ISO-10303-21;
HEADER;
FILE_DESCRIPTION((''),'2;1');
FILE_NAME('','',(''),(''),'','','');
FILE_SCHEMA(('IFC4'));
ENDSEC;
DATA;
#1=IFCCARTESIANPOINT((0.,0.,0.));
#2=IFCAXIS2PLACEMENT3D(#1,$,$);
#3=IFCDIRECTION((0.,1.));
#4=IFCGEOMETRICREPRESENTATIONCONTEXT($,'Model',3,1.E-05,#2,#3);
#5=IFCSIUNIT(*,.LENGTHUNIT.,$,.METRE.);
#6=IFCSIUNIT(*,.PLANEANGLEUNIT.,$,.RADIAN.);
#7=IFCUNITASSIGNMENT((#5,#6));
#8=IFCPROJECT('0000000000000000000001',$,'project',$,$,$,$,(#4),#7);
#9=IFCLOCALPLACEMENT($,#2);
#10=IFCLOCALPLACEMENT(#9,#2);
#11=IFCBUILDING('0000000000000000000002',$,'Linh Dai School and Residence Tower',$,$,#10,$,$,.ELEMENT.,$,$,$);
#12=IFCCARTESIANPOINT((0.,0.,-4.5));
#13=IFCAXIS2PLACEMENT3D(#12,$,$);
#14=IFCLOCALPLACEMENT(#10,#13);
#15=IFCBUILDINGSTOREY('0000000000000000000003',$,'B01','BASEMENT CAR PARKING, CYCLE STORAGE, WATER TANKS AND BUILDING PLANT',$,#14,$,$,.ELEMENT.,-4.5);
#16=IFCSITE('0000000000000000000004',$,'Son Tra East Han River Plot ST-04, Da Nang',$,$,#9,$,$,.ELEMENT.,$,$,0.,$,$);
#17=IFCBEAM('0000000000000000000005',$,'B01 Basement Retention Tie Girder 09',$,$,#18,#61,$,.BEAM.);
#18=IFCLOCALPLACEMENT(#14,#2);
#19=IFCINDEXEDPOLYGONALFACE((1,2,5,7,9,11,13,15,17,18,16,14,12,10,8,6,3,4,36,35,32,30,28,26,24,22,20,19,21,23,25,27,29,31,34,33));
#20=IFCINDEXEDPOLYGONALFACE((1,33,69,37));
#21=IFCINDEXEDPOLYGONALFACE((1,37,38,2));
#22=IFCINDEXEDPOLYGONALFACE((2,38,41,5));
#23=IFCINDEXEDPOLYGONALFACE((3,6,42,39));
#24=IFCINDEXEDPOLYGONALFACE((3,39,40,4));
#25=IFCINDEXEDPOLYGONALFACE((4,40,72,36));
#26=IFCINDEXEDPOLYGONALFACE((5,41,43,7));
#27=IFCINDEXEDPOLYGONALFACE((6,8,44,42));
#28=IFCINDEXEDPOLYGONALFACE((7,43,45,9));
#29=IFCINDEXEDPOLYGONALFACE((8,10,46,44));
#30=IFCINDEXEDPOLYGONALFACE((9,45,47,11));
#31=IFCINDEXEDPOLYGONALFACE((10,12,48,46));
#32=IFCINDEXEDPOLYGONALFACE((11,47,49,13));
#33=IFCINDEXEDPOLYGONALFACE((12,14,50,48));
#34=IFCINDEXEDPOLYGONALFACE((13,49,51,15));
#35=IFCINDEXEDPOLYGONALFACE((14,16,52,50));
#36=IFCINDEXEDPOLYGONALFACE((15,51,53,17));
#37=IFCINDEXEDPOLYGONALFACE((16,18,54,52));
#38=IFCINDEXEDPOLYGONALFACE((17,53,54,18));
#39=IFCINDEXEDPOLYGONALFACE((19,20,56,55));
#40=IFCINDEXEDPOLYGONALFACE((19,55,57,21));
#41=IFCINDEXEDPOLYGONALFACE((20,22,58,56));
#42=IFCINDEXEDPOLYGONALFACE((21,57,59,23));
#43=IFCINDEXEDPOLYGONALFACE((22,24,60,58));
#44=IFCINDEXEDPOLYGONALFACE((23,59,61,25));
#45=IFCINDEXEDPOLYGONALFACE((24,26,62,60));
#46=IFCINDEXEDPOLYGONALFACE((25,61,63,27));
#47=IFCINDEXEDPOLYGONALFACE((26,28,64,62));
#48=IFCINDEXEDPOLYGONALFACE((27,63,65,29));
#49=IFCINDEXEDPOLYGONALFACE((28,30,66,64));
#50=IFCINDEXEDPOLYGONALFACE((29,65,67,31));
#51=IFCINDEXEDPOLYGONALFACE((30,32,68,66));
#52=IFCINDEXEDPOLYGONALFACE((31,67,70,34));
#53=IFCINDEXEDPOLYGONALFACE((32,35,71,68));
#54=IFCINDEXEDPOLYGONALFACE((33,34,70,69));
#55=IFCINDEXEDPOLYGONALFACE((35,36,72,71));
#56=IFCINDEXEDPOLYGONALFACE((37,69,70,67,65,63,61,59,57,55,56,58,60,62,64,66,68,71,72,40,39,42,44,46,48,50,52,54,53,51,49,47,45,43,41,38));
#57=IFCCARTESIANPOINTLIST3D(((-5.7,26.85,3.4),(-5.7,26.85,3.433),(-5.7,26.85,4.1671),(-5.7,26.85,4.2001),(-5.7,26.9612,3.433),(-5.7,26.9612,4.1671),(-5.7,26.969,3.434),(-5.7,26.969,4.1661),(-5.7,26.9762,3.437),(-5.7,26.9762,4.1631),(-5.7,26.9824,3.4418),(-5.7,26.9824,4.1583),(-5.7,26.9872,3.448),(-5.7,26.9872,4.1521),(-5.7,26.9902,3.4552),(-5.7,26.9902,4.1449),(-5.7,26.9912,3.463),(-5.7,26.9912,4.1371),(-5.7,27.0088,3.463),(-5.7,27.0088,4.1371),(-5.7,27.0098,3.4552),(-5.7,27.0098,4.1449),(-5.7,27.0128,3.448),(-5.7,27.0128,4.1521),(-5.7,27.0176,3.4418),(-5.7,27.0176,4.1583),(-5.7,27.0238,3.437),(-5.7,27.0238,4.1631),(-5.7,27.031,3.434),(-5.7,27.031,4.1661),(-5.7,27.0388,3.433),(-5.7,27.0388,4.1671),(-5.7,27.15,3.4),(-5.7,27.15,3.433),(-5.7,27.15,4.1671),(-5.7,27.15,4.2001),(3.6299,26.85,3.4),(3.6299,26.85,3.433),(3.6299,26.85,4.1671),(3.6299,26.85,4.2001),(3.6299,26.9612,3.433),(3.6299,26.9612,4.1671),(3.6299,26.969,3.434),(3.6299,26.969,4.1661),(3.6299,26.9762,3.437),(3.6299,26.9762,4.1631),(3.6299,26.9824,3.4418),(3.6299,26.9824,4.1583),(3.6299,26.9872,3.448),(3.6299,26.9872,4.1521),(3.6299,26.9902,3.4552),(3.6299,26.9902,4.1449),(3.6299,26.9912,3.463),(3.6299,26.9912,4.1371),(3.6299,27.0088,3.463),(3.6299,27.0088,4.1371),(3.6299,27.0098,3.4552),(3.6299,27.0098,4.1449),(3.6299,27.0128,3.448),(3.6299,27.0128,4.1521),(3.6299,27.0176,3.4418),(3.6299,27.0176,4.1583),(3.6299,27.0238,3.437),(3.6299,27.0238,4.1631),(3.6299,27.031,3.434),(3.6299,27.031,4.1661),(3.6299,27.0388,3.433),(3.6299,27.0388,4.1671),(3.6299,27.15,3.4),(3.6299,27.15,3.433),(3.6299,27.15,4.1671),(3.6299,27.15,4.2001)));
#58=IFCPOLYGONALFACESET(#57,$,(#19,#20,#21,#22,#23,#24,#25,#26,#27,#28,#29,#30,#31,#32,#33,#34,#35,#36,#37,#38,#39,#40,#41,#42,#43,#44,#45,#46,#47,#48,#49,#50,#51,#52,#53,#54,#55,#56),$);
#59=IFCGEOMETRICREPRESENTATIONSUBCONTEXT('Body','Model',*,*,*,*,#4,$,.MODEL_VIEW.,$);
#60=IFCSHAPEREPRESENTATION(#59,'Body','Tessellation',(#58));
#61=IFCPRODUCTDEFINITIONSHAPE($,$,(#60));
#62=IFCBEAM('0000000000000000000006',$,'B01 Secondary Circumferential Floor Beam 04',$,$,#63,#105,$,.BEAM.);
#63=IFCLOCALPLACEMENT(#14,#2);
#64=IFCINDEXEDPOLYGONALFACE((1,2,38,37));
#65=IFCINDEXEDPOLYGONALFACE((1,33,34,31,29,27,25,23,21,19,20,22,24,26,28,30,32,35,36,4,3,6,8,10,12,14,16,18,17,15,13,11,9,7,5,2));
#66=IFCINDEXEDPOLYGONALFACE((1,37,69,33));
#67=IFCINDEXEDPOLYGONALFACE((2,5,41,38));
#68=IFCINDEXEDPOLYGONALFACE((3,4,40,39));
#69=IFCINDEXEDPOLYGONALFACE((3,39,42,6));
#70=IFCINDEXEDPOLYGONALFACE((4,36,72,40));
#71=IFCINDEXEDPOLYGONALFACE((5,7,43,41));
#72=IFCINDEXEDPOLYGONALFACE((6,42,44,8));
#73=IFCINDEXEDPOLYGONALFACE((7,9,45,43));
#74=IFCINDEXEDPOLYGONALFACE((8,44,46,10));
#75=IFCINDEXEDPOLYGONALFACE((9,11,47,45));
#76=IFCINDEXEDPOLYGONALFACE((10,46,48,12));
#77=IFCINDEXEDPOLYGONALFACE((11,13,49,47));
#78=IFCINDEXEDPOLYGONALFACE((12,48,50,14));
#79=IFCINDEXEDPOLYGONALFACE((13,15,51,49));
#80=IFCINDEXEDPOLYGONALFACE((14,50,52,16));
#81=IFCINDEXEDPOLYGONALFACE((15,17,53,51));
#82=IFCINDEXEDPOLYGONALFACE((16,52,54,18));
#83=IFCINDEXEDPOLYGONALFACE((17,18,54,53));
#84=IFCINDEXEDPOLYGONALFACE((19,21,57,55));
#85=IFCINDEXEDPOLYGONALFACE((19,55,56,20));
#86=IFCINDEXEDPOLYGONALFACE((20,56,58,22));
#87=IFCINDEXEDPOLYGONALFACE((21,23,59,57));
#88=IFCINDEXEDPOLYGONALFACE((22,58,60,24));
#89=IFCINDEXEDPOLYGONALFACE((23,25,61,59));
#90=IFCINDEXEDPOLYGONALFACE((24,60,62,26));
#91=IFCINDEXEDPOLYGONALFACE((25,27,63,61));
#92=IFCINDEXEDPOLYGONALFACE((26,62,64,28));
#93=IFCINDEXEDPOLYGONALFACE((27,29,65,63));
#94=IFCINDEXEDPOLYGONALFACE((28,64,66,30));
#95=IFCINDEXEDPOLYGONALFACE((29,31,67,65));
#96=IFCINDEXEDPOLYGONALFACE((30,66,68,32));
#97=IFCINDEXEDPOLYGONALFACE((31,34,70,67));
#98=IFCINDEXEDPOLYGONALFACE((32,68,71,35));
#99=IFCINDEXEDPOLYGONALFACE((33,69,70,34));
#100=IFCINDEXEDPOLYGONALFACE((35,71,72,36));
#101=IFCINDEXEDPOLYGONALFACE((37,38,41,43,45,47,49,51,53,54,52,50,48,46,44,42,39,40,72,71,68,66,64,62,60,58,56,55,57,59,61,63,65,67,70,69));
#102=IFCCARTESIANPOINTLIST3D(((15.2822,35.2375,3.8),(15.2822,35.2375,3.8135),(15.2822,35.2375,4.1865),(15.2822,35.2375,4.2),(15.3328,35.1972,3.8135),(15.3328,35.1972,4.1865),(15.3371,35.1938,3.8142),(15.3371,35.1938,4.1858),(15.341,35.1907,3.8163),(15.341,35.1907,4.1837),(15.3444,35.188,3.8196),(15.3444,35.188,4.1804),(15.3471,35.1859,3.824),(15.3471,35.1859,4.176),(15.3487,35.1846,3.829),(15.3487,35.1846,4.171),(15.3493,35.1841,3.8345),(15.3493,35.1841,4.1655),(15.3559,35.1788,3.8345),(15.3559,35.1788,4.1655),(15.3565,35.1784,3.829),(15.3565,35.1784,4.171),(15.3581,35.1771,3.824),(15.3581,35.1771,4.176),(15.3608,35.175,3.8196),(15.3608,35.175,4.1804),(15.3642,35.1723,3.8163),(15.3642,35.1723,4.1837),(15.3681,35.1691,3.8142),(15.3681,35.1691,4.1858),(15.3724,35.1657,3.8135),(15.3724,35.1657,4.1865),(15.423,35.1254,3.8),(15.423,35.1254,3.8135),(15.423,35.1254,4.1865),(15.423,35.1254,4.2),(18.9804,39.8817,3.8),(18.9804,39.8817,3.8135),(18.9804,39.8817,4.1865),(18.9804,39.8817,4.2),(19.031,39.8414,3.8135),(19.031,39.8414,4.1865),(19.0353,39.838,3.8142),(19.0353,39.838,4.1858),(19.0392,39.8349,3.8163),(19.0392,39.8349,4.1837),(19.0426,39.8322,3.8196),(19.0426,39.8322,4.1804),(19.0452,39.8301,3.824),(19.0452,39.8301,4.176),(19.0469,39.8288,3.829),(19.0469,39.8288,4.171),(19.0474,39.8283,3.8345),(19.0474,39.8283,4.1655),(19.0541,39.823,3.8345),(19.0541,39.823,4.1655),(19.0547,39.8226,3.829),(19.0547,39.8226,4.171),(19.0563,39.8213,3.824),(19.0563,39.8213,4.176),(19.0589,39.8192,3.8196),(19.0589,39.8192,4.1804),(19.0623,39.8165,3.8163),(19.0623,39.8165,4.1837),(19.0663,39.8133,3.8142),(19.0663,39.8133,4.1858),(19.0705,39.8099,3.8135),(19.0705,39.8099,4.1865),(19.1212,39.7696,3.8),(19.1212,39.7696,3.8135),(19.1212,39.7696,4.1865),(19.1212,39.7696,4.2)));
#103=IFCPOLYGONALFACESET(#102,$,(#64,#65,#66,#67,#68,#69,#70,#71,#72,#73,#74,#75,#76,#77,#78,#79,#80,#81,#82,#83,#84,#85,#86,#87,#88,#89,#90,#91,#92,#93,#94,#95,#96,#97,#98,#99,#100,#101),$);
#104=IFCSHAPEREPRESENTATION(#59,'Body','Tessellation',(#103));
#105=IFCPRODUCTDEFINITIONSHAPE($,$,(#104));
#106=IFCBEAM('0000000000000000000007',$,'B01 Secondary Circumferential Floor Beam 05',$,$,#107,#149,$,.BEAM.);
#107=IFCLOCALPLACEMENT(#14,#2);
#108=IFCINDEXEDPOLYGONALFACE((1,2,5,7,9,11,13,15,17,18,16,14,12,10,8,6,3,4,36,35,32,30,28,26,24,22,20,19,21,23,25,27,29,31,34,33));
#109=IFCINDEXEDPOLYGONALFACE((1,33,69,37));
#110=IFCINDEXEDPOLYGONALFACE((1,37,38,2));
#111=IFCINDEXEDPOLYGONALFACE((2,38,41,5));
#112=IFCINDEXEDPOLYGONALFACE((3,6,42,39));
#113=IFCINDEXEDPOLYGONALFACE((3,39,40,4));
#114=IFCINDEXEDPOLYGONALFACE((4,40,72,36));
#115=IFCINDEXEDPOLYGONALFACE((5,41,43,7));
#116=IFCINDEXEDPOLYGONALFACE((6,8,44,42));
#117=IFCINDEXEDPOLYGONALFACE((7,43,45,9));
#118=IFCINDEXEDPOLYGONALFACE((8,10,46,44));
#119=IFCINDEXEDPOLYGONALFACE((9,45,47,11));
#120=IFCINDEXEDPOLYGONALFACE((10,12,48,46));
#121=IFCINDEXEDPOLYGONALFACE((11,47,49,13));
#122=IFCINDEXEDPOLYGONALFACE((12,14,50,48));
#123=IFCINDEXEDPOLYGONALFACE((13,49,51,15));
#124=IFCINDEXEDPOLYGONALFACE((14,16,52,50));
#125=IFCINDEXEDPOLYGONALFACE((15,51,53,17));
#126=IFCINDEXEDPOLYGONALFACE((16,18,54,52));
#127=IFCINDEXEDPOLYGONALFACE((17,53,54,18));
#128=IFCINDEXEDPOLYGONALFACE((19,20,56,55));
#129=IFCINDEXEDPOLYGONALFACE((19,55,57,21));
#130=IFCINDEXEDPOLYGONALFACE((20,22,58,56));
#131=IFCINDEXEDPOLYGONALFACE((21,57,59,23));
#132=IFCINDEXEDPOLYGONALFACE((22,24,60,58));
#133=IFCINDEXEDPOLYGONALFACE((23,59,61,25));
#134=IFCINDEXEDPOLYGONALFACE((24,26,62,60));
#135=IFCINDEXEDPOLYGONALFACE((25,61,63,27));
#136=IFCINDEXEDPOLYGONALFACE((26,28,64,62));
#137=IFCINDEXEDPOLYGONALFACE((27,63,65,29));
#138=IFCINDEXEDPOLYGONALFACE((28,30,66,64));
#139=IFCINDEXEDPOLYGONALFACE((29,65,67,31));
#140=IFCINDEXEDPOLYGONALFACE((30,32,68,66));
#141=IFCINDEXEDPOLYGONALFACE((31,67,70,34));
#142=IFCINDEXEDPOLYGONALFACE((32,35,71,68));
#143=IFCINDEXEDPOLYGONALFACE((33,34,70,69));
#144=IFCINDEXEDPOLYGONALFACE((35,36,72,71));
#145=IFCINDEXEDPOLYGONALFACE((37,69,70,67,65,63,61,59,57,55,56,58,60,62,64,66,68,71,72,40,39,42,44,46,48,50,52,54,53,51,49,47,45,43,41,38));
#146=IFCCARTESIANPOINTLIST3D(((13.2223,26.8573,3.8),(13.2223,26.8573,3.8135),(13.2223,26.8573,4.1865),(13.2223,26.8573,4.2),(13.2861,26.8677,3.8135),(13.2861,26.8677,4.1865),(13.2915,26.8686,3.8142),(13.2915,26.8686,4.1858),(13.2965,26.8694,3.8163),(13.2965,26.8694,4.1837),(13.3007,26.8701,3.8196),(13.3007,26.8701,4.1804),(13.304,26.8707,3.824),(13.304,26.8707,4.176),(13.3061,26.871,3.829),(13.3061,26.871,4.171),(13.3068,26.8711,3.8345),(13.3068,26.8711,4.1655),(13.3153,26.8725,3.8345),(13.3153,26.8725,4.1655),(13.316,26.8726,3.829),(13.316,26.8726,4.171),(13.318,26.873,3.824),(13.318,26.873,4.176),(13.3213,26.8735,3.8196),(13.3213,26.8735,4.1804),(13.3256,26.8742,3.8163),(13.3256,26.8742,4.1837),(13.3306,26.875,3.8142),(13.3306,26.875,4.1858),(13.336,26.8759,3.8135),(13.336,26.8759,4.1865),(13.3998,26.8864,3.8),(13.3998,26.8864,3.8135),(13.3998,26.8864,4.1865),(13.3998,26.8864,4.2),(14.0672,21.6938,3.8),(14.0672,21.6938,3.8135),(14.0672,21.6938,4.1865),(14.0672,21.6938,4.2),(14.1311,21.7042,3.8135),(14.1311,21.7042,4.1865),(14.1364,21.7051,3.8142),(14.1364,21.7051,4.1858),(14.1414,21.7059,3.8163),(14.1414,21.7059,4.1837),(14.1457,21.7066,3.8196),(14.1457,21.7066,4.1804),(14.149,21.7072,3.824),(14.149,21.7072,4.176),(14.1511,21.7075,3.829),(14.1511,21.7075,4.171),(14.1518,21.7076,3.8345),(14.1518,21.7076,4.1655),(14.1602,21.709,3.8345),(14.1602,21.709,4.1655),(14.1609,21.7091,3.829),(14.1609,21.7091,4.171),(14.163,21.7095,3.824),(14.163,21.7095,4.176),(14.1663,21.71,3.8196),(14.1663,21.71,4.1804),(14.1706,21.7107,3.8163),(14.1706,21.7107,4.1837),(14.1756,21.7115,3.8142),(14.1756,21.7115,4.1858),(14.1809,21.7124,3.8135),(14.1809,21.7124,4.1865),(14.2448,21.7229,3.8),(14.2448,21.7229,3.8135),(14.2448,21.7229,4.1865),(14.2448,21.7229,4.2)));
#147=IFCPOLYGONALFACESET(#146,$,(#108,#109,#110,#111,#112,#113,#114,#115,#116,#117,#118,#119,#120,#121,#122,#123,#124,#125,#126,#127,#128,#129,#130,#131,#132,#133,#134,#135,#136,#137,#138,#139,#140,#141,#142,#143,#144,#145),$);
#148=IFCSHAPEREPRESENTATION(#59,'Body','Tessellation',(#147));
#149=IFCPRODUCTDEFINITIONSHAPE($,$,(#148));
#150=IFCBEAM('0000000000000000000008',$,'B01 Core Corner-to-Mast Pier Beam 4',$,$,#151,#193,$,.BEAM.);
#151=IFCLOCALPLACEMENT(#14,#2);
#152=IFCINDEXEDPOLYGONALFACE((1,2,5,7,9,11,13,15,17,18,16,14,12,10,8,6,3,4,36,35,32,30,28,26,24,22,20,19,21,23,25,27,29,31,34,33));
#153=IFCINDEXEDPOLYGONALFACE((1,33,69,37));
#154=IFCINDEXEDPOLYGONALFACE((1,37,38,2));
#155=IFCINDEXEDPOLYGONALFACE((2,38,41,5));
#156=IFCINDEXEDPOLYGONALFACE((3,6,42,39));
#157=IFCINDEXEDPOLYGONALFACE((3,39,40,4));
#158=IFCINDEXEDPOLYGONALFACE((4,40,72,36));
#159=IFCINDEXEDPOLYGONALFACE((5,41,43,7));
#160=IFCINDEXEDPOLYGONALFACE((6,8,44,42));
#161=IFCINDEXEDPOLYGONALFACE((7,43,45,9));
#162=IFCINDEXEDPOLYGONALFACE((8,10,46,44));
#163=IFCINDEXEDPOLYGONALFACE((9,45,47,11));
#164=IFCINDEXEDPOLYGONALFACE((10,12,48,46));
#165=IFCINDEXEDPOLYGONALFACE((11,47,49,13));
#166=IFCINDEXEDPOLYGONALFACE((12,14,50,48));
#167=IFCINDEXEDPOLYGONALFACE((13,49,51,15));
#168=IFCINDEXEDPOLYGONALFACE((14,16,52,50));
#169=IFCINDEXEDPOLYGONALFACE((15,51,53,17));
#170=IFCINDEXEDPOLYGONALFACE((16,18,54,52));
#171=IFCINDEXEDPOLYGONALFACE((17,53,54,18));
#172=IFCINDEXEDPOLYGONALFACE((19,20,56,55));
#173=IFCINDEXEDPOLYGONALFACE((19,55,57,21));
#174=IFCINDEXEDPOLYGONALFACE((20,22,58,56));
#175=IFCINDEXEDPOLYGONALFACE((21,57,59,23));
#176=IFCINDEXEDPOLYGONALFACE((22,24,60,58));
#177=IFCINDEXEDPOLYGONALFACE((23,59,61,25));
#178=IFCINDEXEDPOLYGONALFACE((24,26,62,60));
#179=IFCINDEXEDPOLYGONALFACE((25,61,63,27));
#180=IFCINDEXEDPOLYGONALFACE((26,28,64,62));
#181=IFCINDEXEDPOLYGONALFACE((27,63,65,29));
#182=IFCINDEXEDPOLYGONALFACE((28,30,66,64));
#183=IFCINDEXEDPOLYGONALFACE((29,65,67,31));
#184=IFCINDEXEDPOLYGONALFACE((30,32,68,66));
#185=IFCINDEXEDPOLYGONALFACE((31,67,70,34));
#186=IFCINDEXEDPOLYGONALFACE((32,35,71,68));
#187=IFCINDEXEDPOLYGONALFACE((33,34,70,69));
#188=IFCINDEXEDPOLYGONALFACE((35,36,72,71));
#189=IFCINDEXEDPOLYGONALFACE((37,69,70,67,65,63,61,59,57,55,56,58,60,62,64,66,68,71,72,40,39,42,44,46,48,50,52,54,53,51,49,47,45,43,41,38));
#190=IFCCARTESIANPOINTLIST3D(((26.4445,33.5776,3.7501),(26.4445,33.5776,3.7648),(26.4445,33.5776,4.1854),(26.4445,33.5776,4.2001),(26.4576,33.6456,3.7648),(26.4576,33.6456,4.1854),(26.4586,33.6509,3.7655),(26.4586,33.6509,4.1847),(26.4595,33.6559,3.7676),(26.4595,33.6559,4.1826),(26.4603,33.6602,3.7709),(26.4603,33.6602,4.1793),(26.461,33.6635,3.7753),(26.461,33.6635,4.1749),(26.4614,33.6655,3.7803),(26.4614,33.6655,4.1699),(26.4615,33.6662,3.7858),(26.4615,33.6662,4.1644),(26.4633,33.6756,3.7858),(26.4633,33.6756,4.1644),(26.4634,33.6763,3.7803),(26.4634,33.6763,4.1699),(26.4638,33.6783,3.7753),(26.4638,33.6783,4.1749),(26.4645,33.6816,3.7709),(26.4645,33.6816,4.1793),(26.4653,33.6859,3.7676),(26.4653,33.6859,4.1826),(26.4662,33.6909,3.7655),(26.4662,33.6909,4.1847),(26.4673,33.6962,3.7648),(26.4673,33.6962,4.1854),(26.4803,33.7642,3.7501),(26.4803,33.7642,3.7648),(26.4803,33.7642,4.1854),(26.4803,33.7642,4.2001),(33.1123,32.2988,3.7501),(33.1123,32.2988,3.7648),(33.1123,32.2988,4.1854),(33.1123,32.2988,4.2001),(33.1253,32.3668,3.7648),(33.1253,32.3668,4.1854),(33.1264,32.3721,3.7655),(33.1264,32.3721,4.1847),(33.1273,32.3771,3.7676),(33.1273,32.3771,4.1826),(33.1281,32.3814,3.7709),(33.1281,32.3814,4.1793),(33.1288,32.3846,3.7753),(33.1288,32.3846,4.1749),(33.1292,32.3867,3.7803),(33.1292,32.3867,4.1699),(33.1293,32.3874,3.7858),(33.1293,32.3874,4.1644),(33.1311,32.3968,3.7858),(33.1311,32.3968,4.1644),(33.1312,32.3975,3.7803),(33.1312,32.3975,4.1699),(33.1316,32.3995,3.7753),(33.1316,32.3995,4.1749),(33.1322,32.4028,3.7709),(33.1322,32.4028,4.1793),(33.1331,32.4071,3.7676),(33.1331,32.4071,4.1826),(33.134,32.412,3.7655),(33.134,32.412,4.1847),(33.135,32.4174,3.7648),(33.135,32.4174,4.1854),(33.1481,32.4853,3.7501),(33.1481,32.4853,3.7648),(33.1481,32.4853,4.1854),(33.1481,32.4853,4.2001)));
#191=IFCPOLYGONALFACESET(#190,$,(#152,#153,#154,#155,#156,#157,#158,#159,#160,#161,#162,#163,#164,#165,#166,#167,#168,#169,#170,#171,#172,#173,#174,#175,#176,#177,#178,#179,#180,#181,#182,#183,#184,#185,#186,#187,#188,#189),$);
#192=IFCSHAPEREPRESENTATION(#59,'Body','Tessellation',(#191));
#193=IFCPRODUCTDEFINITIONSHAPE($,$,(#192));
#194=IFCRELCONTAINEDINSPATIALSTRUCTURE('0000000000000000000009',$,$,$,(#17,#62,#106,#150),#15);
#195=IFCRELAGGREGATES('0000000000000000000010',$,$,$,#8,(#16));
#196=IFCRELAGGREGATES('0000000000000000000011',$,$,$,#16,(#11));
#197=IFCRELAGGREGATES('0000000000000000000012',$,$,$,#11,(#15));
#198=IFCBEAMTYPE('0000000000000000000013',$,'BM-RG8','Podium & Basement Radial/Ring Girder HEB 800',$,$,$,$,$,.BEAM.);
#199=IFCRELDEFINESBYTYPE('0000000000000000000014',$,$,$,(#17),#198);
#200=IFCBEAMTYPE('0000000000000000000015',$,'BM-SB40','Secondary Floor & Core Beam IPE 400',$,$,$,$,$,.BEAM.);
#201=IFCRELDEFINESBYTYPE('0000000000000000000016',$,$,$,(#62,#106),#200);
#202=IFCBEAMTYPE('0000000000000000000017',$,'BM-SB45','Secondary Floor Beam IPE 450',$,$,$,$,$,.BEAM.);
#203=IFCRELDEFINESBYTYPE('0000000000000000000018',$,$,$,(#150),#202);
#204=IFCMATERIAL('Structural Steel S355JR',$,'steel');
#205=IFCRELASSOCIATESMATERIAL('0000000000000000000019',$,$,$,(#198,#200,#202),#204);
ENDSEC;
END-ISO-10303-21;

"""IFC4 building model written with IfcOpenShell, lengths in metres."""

from ifc_helpers import new_model, si_unit, direction, frame, origin, origin_2d, place, context, subcontext, project, spatial, i_section, extrude, material, material_profile, profile_set, type_object, element, save


model = new_model("IFC4")

# Units and contexts
model_context = context("Model", 3, precision=1e-05, world=origin(), true_north=direction((0.0, 1.0)))
body_context = subcontext(model_context, "Body", "Model", "MODEL_VIEW")
ifc_project = project(units=[si_unit("LENGTHUNIT", "METRE"), si_unit("PLANEANGLEUNIT", "RADIAN")], contexts=[model_context])

# Site, building, storey
site_placement = place(None, origin())
site = spatial("IfcSite", under=ifc_project, at=site_placement, Name="Son Tra East Han River Plot ST-04, Da Nang", CompositionType="ELEMENT", RefElevation=0.0)
building_placement = place(site_placement, origin())
building = spatial("IfcBuilding", under=site, at=building_placement, Name="Linh Dai School and Residence Tower", CompositionType="ELEMENT")
storey_placement = place(building_placement, frame((0.0, 0.0, -4.5)))
storey = spatial("IfcBuildingStorey", under=building, at=storey_placement, Name="B01", Description="BASEMENT CAR PARKING, CYCLE STORAGE, WATER TANKS AND BUILDING PLANT", CompositionType="ELEMENT", Elevation=-4.5)

# Shared definitions
ifc_material_1 = material(Name="Structural Steel S355JR", Category="steel")

# Beams
ifc_material_profile_1 = material_profile(ifc_material_1, i_section(OverallWidth=0.3, OverallDepth=0.8, WebThickness=0.0176, FlangeThickness=0.033, FilletRadius=0.03, at=origin_2d()), Name="HEB 800")
ifc_profile_set_1 = profile_set([ifc_material_profile_1], Name="Structural Steel S355JR")
beam_type_1 = type_object("IfcBeamType", Name="BM-RG8", Description="Podium & Basement Radial/Ring Girder HEB 800", PredefinedType="BEAM", material=ifc_profile_set_1)
beam_1_placement = place(storey_placement, frame((3.6299, 27.0, 3.8), z_axis=(-1.0, 0.0, 0.0), x_axis=(0.0, -1.0, 0.0)))
element("IfcBeam", 1, at=beam_1_placement, inside=storey, type_object=beam_type_1, Name="B01 Basement Retention Tie Girder 09", PredefinedType="BEAM", context=body_context, shape_type="SweptSolid", body=[
    extrude(i_section(OverallWidth=0.3, OverallDepth=0.8, WebThickness=0.0176, FlangeThickness=0.033, FilletRadius=0.03, at=origin_2d()), origin(), (0.0, 0.0, 1.0), 9.3298),
])
ifc_material_profile_2 = material_profile(ifc_material_1, i_section(OverallWidth=0.1799, OverallDepth=0.3999, WebThickness=0.0085, FlangeThickness=0.0134, FilletRadius=0.021, at=origin_2d()), Name="IPE 400")
ifc_profile_set_2 = profile_set([ifc_material_profile_2], Name="Structural Steel S355JR")
beam_type_2 = type_object("IfcBeamType", Name="BM-SB40", Description="Secondary Floor & Core Beam IPE 400", PredefinedType="BEAM", material=ifc_profile_set_2)
beam_2_placement = place(storey_placement, frame((19.0508, 39.8257, 4.0), z_axis=(-0.622928, -0.782279, 0.0), x_axis=(0.782279, -0.622928, 0.0)))
element("IfcBeam", 2, at=beam_2_placement, inside=storey, type_object=beam_type_2, Name="B01 Secondary Circumferential Floor Beam 04", PredefinedType="BEAM", context=body_context, shape_type="SweptSolid", body=[
    extrude(i_section(OverallWidth=0.1799, OverallDepth=0.3999, WebThickness=0.0085, FlangeThickness=0.0134, FilletRadius=0.021, at=origin_2d()), origin(), (0.0, 0.0, 1.0), 5.9368),
])
beam_3_placement = place(storey_placement, frame((13.311, 26.8718, 4.0), z_axis=(0.161493, -0.986874, 0.0), x_axis=(0.986874, 0.161493, 0.0)))
element("IfcBeam", 3, at=beam_3_placement, inside=storey, type_object=beam_type_2, Name="B01 Secondary Circumferential Floor Beam 05", PredefinedType="BEAM", context=body_context, shape_type="SweptSolid", body=[
    extrude(i_section(OverallWidth=0.1799, OverallDepth=0.3999, WebThickness=0.0085, FlangeThickness=0.0134, FilletRadius=0.021, at=origin_2d()), origin(), (0.0, 0.0, 1.0), 5.2322),
])
ifc_material_profile_3 = material_profile(ifc_material_1, i_section(OverallWidth=0.1899, OverallDepth=0.45, WebThickness=0.0095, FlangeThickness=0.0146, FilletRadius=0.021, at=origin_2d()), Name="IPE 450")
ifc_profile_set_3 = profile_set([ifc_material_profile_3], Name="Structural Steel S355JR")
beam_type_3 = type_object("IfcBeamType", Name="BM-SB45", Description="Secondary Floor Beam IPE 450", PredefinedType="BEAM", material=ifc_profile_set_3)
beam_4_placement = place(storey_placement, frame((26.4624, 33.6709, 3.9751), z_axis=(0.9821, -0.188358, 0.0), x_axis=(0.188358, 0.9821, 0.0)))
element("IfcBeam", 4, at=beam_4_placement, inside=storey, type_object=beam_type_3, Name="B01 Core Corner-to-Mast Pier Beam 4", PredefinedType="BEAM", context=body_context, shape_type="SweptSolid", body=[
    extrude(i_section(OverallWidth=0.1899, OverallDepth=0.45, WebThickness=0.0095, FlangeThickness=0.0146, FilletRadius=0.021, at=origin_2d()), origin(), (0.0, 0.0, 1.0), 6.7893),
])

save(model, "model.ifc")
